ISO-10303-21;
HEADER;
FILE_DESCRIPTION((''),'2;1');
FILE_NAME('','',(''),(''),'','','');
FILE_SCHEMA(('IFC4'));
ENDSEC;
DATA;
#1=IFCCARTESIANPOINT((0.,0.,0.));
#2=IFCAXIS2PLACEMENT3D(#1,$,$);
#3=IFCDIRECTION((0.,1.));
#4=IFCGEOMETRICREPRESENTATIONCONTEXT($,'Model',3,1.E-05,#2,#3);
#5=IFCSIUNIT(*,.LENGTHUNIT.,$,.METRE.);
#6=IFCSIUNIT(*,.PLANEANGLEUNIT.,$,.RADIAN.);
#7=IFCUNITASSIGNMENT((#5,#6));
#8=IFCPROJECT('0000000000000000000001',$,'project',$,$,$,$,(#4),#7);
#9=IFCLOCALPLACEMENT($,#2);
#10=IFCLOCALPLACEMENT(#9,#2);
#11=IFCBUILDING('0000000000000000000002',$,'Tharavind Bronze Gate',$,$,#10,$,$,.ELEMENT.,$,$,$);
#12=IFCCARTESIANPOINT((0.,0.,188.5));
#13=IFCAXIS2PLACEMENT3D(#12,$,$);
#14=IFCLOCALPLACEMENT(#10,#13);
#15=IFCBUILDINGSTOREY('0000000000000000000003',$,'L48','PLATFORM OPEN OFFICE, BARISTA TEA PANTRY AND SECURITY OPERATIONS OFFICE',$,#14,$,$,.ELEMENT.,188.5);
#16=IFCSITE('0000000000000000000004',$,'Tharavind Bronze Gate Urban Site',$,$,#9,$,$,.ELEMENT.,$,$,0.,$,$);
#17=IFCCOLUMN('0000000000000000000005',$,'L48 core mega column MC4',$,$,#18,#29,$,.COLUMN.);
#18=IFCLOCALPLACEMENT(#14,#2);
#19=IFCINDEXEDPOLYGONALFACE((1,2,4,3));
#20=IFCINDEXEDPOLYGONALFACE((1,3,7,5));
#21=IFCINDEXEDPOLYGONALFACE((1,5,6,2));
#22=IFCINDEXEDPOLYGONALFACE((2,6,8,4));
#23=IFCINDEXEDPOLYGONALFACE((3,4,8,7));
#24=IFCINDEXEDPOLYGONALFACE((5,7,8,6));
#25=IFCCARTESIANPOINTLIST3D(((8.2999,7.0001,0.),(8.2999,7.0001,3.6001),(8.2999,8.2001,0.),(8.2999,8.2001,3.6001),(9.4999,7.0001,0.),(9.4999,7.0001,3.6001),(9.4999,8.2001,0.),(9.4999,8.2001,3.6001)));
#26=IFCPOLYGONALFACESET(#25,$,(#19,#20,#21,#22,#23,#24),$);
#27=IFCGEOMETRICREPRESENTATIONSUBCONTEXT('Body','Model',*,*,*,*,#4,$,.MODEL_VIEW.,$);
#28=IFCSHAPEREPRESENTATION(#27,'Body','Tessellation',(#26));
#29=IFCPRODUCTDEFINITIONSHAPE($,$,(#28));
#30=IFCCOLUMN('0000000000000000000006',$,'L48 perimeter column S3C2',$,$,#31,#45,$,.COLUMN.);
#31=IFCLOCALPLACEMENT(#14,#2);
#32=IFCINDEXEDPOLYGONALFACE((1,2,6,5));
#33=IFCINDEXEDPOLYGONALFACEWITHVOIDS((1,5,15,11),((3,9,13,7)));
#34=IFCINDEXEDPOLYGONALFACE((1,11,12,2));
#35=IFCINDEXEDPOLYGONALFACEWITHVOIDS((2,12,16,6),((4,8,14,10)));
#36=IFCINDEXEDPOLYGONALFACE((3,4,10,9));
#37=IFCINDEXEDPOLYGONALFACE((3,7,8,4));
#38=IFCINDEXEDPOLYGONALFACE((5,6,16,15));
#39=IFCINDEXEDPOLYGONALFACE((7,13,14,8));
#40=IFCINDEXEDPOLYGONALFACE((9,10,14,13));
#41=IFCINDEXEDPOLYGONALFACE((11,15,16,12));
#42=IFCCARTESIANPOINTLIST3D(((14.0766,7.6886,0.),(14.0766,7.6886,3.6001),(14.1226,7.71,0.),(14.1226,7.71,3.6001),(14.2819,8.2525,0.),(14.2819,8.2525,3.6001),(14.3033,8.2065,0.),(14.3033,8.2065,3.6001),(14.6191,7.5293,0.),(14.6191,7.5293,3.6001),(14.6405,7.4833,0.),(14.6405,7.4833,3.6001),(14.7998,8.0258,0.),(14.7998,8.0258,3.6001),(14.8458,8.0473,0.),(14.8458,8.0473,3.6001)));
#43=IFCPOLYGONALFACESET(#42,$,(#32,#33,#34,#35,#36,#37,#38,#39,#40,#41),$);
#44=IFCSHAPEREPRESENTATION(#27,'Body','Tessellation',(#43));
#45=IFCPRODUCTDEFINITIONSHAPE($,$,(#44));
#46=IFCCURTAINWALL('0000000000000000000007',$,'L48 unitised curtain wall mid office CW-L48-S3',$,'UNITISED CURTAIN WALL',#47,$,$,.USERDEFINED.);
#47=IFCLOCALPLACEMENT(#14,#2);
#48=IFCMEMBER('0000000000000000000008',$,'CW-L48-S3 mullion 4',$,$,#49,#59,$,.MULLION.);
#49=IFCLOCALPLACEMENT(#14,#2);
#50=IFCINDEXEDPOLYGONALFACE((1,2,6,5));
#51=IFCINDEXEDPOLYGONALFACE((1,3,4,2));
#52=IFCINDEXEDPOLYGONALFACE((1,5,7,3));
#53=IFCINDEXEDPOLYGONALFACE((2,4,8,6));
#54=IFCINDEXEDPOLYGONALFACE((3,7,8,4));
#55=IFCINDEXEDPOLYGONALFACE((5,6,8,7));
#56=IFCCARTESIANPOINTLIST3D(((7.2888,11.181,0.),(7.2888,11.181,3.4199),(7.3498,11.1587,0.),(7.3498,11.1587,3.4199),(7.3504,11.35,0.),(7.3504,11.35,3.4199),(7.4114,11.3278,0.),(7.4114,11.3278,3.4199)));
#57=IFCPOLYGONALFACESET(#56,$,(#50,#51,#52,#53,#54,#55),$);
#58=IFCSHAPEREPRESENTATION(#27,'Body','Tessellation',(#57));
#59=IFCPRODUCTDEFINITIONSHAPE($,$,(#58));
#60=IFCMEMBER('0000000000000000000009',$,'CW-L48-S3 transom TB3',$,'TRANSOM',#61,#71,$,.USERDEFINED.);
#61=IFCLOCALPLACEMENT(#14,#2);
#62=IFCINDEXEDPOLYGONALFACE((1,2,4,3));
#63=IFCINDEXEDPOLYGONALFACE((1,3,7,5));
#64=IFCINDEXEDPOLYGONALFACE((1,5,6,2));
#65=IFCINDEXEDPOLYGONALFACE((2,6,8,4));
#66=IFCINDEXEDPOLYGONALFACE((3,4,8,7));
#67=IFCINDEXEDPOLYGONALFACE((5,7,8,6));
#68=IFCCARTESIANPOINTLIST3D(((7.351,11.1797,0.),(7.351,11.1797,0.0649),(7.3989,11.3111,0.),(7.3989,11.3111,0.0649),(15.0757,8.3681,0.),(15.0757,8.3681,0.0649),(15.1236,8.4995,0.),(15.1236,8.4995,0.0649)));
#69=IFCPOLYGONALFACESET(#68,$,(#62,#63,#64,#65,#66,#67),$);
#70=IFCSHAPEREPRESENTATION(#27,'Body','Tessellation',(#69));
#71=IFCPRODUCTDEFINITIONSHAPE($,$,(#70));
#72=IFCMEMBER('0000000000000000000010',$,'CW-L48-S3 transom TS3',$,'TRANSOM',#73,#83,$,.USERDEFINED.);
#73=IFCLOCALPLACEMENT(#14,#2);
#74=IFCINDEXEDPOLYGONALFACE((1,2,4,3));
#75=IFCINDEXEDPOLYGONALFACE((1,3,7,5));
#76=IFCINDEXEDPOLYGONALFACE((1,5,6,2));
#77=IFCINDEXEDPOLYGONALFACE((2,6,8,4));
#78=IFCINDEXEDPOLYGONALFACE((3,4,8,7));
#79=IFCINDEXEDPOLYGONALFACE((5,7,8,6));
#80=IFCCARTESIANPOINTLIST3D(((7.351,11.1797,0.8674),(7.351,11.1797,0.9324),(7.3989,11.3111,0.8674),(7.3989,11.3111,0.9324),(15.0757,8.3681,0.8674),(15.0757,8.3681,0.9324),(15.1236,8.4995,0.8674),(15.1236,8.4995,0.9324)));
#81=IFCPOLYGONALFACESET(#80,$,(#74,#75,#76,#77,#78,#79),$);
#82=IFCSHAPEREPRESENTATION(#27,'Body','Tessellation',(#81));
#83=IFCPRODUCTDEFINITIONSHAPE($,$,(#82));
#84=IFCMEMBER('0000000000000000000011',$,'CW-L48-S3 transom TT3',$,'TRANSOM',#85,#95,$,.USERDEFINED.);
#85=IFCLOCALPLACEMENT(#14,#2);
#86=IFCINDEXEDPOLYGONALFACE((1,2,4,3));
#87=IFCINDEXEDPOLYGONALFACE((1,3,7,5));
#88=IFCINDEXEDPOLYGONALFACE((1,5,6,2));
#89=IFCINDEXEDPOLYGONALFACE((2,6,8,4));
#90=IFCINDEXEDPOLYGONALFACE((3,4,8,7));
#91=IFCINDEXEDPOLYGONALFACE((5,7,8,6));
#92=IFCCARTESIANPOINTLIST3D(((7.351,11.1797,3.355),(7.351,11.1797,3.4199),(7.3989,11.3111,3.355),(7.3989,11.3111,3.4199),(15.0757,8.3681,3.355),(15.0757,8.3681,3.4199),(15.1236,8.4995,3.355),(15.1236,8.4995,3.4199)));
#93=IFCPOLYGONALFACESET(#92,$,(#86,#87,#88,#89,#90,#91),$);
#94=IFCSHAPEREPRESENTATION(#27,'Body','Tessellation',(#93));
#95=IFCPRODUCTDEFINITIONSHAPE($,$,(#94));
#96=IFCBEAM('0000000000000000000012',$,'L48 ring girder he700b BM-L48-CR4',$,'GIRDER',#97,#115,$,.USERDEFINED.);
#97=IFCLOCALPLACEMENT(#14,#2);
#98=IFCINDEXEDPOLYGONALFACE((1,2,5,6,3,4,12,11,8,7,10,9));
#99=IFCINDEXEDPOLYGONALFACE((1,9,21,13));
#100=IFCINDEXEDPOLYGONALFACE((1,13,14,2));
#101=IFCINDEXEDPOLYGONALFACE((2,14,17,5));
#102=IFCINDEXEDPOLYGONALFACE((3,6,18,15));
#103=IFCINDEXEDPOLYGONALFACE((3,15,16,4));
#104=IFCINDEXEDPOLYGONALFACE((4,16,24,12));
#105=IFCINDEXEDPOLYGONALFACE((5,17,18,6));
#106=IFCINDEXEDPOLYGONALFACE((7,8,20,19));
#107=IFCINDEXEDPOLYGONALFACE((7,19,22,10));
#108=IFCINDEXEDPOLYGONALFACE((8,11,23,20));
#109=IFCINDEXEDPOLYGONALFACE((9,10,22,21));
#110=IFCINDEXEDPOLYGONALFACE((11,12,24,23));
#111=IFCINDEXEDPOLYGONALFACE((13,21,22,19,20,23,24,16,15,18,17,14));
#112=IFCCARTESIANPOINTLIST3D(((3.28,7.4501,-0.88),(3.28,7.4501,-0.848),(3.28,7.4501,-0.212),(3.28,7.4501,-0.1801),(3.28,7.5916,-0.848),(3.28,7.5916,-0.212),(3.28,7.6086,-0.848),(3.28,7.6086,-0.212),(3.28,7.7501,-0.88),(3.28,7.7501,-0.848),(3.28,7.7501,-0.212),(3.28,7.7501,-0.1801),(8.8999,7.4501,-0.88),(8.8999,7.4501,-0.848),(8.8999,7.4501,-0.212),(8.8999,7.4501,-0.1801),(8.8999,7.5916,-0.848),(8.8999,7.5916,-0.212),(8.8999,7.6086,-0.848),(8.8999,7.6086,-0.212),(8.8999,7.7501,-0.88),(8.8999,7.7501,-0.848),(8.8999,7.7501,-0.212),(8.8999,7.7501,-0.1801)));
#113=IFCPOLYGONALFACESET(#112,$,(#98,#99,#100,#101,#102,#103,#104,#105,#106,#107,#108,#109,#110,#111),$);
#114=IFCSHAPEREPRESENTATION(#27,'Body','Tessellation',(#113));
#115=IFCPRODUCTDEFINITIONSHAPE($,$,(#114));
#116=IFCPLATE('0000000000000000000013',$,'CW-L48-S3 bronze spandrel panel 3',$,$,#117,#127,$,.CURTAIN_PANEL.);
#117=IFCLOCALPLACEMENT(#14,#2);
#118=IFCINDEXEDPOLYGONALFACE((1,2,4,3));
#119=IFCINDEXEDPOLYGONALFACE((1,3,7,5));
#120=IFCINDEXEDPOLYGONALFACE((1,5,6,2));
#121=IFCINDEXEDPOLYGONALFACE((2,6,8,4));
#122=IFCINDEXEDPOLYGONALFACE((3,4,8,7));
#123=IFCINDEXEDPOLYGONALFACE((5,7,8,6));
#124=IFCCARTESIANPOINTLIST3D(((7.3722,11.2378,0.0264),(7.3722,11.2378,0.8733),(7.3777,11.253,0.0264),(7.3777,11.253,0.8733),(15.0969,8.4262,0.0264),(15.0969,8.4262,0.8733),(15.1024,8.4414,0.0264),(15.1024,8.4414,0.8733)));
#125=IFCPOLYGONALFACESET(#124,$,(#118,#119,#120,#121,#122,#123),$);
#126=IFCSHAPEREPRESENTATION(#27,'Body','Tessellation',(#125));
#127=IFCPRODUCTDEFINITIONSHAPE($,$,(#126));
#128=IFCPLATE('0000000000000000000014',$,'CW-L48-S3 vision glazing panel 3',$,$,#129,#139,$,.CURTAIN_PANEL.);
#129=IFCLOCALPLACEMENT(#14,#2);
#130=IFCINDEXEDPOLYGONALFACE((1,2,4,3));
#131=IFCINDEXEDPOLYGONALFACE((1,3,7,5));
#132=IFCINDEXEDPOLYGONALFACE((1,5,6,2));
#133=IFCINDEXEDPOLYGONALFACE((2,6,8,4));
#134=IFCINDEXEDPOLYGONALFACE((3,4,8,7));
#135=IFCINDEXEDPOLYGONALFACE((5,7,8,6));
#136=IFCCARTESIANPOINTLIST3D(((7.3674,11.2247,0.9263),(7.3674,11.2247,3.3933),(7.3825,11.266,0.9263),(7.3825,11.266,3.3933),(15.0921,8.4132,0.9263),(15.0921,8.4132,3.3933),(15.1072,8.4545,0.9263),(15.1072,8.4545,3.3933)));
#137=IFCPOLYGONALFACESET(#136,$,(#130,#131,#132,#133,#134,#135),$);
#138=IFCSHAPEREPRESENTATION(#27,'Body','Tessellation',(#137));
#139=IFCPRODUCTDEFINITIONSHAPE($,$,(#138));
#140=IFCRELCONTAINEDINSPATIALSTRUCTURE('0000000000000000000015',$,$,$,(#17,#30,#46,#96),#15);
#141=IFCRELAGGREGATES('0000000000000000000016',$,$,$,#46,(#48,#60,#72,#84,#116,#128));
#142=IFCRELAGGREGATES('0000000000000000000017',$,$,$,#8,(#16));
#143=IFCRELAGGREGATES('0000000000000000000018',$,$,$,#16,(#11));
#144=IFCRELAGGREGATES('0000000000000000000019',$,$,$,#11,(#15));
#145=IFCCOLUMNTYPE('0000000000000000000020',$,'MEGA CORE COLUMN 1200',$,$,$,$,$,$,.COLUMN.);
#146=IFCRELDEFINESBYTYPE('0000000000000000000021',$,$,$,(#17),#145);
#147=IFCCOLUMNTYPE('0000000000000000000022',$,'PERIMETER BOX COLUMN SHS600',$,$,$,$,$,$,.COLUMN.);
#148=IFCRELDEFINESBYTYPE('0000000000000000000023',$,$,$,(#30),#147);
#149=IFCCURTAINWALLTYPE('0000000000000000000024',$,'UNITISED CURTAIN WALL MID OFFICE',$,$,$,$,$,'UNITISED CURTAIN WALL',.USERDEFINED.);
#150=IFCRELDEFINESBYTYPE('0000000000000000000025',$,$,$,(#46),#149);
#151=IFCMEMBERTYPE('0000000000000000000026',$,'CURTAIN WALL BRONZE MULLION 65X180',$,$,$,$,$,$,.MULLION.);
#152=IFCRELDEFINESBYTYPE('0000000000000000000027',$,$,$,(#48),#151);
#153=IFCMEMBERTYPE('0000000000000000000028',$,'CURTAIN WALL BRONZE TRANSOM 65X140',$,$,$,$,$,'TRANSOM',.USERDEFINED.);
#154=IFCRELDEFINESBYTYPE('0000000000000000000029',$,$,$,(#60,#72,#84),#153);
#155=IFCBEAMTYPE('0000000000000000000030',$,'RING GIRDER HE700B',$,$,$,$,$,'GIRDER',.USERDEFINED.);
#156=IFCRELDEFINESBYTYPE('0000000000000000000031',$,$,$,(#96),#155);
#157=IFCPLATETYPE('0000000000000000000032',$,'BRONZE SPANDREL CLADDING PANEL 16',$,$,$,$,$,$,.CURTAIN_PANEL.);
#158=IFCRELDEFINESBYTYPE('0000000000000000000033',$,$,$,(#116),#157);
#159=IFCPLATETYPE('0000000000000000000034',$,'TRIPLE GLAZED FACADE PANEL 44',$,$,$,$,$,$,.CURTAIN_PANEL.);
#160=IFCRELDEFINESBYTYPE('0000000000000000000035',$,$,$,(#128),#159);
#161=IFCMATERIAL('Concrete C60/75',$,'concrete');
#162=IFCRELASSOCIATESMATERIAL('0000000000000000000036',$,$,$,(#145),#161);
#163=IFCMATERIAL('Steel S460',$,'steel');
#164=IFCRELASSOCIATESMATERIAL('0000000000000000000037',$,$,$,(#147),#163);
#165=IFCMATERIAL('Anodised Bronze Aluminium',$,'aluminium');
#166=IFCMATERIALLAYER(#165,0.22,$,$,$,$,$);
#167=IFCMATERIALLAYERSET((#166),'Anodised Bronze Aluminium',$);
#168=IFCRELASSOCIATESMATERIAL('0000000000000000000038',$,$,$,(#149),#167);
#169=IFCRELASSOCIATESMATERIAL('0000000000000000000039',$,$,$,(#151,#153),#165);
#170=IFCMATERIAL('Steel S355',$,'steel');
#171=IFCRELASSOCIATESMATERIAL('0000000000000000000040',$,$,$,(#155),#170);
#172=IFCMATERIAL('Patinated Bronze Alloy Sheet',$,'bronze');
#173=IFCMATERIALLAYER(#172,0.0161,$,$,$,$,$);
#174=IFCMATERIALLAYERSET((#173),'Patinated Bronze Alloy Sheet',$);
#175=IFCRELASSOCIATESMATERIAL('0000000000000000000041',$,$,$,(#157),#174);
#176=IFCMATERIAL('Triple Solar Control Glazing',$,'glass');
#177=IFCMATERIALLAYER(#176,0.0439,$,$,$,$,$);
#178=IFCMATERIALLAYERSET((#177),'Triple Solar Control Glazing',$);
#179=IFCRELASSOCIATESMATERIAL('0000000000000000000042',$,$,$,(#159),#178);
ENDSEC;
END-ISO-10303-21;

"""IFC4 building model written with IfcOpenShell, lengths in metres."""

from ifc_helpers import new_model, si_unit, direction, frame, origin, origin_2d, place, context, subcontext, project, spatial, rectangle, hollow_rectangle, i_section, extrude, material, layer, layer_set, material_profile, profile_set, type_object, element, aggregate, save


model = new_model("IFC4")

# Units and contexts
model_context = context("Model", 3, precision=1e-05, world=origin(), true_north=direction((0.0, 1.0)))
body_context = subcontext(model_context, "Body", "Model", "MODEL_VIEW")
ifc_project = project(units=[si_unit("LENGTHUNIT", "METRE"), si_unit("PLANEANGLEUNIT", "RADIAN")], contexts=[model_context])

# Site, building, storey
site_placement = place(None, origin())
site = spatial("IfcSite", under=ifc_project, at=site_placement, Name="Tharavind Bronze Gate Urban Site", CompositionType="ELEMENT", RefElevation=0.0)
building_placement = place(site_placement, origin())
building = spatial("IfcBuilding", under=site, at=building_placement, Name="Tharavind Bronze Gate", CompositionType="ELEMENT")
storey_placement = place(building_placement, frame((0.0, 0.0, 188.5)))
storey = spatial("IfcBuildingStorey", under=building, at=storey_placement, Name="L48", Description="PLATFORM OPEN OFFICE, BARISTA TEA PANTRY AND SECURITY OPERATIONS OFFICE", CompositionType="ELEMENT", Elevation=188.5)

# Columns
ifc_material_1 = material(Name="Concrete C60/75", Category="concrete")
ifc_material_profile_1 = material_profile(ifc_material_1, rectangle(XDim=1.2, YDim=1.2, at=origin_2d()), Name="RCCOL1200")
ifc_profile_set_1 = profile_set([ifc_material_profile_1], Name="Concrete C60/75")
column_type_1 = type_object("IfcColumnType", Name="MEGA CORE COLUMN 1200", PredefinedType="COLUMN", material=ifc_profile_set_1)
column_1_placement = place(storey_placement, frame((8.8999, 7.6001, 0.0), z_axis=(0.0, 0.0, 1.0), x_axis=(1.0, 0.0, 0.0)))
element("IfcColumn", 1, at=column_1_placement, inside=storey, type_object=column_type_1, Name="L48 core mega column MC4", PredefinedType="COLUMN", context=body_context, shape_type="SweptSolid", body=[
    extrude(rectangle(XDim=1.2, YDim=1.2, at=origin_2d()), origin(), (0.0, 0.0, 1.0), 3.6001),
])
ifc_material_2 = material(Name="Steel S460", Category="steel")
ifc_material_profile_2 = material_profile(ifc_material_2, hollow_rectangle(XDim=0.6001, YDim=0.6001, WallThickness=0.0359, at=origin_2d()), Name="SHS600X36")
ifc_profile_set_2 = profile_set([ifc_material_profile_2], Name="Steel S460")
column_type_2 = type_object("IfcColumnType", Name="PERIMETER BOX COLUMN SHS600", PredefinedType="COLUMN", material=ifc_profile_set_2)
column_2_placement = place(storey_placement, frame((14.4612, 7.8679, 0.0), z_axis=(0.0, 0.0, 1.0), x_axis=(-0.939692, 0.342022, 0.0)))
element("IfcColumn", 2, at=column_2_placement, inside=storey, type_object=column_type_2, Name="L48 perimeter column S3C2", PredefinedType="COLUMN", context=body_context, shape_type="SweptSolid", body=[
    extrude(hollow_rectangle(XDim=0.6001, YDim=0.6001, WallThickness=0.0359, at=origin_2d()), origin(), (0.0, 0.0, 1.0), 3.6001),
])

# Curtain wall, members
ifc_material_3 = material(Name="Anodised Bronze Aluminium", Category="aluminium")
ifc_layer_1 = layer(ifc_material_3, 0.22)
ifc_layer_set_1 = layer_set([ifc_layer_1], Name="Anodised Bronze Aluminium")
curtain_wall_type = type_object("IfcCurtainWallType", Name="UNITISED CURTAIN WALL MID OFFICE", ElementType="UNITISED CURTAIN WALL", PredefinedType="USERDEFINED", material=ifc_layer_set_1)
curtain_wall_placement = place(storey_placement, origin())
curtain_wall = element("IfcCurtainWall", 3, at=curtain_wall_placement, inside=storey, type_object=curtain_wall_type, Name="L48 unitised curtain wall mid office CW-L48-S3", ObjectType="UNITISED CURTAIN WALL", PredefinedType="USERDEFINED")
member_type_1 = type_object("IfcMemberType", Name="CURTAIN WALL BRONZE MULLION 65X180", PredefinedType="MULLION", material=ifc_material_3)
member_1_placement = place(storey_placement, frame((7.3501, 11.2544, 0.0), z_axis=(0.0, 0.0, 1.0), x_axis=(-0.939692, 0.342022, 0.0)))
member_1 = element("IfcMember", 4, at=member_1_placement, type_object=member_type_1, Name="CW-L48-S3 mullion 4", PredefinedType="MULLION", context=body_context, shape_type="SweptSolid", body=[
    extrude(rectangle(XDim=0.0649, YDim=0.1799, at=origin_2d()), origin(), (0.0, 0.0, 1.0), 3.4199),
])
member_type_2 = type_object("IfcMemberType", Name="CURTAIN WALL BRONZE TRANSOM 65X140", ElementType="TRANSOM", PredefinedType="USERDEFINED", material=ifc_material_3)
member_2_placement = place(storey_placement, frame((11.2373, 9.8396, 0.0), z_axis=(0.0, 0.0, 1.0), x_axis=(-0.939692, 0.342022, 0.0)))
member_2 = element("IfcMember", 5, at=member_2_placement, type_object=member_type_2, Name="CW-L48-S3 transom TB3", ObjectType="TRANSOM", PredefinedType="USERDEFINED", context=body_context, shape_type="SweptSolid", body=[
    extrude(rectangle(XDim=8.2205, YDim=0.1399, at=origin_2d()), origin(), (0.0, 0.0, 1.0), 0.0649),
])
member_3_placement = place(storey_placement, frame((11.2373, 9.8396, 0.8674), z_axis=(0.0, 0.0, 1.0), x_axis=(-0.939692, 0.342022, 0.0)))
member_3 = element("IfcMember", 6, at=member_3_placement, type_object=member_type_2, Name="CW-L48-S3 transom TS3", ObjectType="TRANSOM", PredefinedType="USERDEFINED", context=body_context, shape_type="SweptSolid", body=[
    extrude(rectangle(XDim=8.2205, YDim=0.1399, at=origin_2d()), origin(), (0.0, 0.0, 1.0), 0.0649),
])
member_4_placement = place(storey_placement, frame((11.2373, 9.8396, 3.355), z_axis=(0.0, 0.0, 1.0), x_axis=(-0.939692, 0.342022, 0.0)))
member_4 = element("IfcMember", 7, at=member_4_placement, type_object=member_type_2, Name="CW-L48-S3 transom TT3", ObjectType="TRANSOM", PredefinedType="USERDEFINED", context=body_context, shape_type="SweptSolid", body=[
    extrude(rectangle(XDim=8.2205, YDim=0.1399, at=origin_2d()), origin(), (0.0, 0.0, 1.0), 0.0649),
])

# Beam
ifc_material_4 = material(Name="Steel S355", Category="steel")
ifc_material_profile_3 = material_profile(ifc_material_4, i_section(OverallWidth=0.3, OverallDepth=0.7, WebThickness=0.0171, FlangeThickness=0.032, at=origin_2d()), Name="HE700B")
ifc_profile_set_3 = profile_set([ifc_material_profile_3], Name="Steel S355")
beam_type = type_object("IfcBeamType", Name="RING GIRDER HE700B", ElementType="GIRDER", PredefinedType="USERDEFINED", material=ifc_profile_set_3)
beam_placement = place(storey_placement, frame((8.8999, 7.6001, -0.53), z_axis=(-1.0, 0.0, 0.0), x_axis=(0.0, -1.0, 0.0)))
element("IfcBeam", 8, at=beam_placement, inside=storey, type_object=beam_type, Name="L48 ring girder he700b BM-L48-CR4", ObjectType="GIRDER", PredefinedType="USERDEFINED", context=body_context, shape_type="SweptSolid", body=[
    extrude(i_section(OverallWidth=0.3, OverallDepth=0.7, WebThickness=0.0171, FlangeThickness=0.032, at=origin_2d()), origin(), (0.0, 0.0, 1.0), 5.6199),
])

# Plates
ifc_material_5 = material(Name="Patinated Bronze Alloy Sheet", Category="bronze")
ifc_layer_2 = layer(ifc_material_5, 0.0161)
ifc_layer_set_2 = layer_set([ifc_layer_2], Name="Patinated Bronze Alloy Sheet")
plate_type_1 = type_object("IfcPlateType", Name="BRONZE SPANDREL CLADDING PANEL 16", PredefinedType="CURTAIN_PANEL", material=ifc_layer_set_2)
plate_1_placement = place(storey_placement, frame((11.2373, 9.8396, 0.0264), z_axis=(0.0, 0.0, 1.0), x_axis=(-0.939692, 0.342022, 0.0)))
plate_1 = element("IfcPlate", 9, at=plate_1_placement, type_object=plate_type_1, Name="CW-L48-S3 bronze spandrel panel 3", PredefinedType="CURTAIN_PANEL", context=body_context, shape_type="SweptSolid", body=[
    extrude(rectangle(XDim=8.2205, YDim=0.0161, at=origin_2d()), origin(), (0.0, 0.0, 1.0), 0.8469),
])
ifc_material_6 = material(Name="Triple Solar Control Glazing", Category="glass")
ifc_layer_3 = layer(ifc_material_6, 0.0439)
ifc_layer_set_3 = layer_set([ifc_layer_3], Name="Triple Solar Control Glazing")
plate_type_2 = type_object("IfcPlateType", Name="TRIPLE GLAZED FACADE PANEL 44", PredefinedType="CURTAIN_PANEL", material=ifc_layer_set_3)
plate_2_placement = place(storey_placement, frame((11.2373, 9.8396, 0.9263), z_axis=(0.0, 0.0, 1.0), x_axis=(-0.939692, 0.342022, 0.0)))
plate_2 = element("IfcPlate", 10, at=plate_2_placement, type_object=plate_type_2, Name="CW-L48-S3 vision glazing panel 3", PredefinedType="CURTAIN_PANEL", context=body_context, shape_type="SweptSolid", body=[
    extrude(rectangle(XDim=8.2205, YDim=0.0439, at=origin_2d()), origin(), (0.0, 0.0, 1.0), 2.467),
])
aggregate(curtain_wall, [member_1, member_2, member_3, member_4, plate_1, plate_2])

save(model, "model.ifc")
